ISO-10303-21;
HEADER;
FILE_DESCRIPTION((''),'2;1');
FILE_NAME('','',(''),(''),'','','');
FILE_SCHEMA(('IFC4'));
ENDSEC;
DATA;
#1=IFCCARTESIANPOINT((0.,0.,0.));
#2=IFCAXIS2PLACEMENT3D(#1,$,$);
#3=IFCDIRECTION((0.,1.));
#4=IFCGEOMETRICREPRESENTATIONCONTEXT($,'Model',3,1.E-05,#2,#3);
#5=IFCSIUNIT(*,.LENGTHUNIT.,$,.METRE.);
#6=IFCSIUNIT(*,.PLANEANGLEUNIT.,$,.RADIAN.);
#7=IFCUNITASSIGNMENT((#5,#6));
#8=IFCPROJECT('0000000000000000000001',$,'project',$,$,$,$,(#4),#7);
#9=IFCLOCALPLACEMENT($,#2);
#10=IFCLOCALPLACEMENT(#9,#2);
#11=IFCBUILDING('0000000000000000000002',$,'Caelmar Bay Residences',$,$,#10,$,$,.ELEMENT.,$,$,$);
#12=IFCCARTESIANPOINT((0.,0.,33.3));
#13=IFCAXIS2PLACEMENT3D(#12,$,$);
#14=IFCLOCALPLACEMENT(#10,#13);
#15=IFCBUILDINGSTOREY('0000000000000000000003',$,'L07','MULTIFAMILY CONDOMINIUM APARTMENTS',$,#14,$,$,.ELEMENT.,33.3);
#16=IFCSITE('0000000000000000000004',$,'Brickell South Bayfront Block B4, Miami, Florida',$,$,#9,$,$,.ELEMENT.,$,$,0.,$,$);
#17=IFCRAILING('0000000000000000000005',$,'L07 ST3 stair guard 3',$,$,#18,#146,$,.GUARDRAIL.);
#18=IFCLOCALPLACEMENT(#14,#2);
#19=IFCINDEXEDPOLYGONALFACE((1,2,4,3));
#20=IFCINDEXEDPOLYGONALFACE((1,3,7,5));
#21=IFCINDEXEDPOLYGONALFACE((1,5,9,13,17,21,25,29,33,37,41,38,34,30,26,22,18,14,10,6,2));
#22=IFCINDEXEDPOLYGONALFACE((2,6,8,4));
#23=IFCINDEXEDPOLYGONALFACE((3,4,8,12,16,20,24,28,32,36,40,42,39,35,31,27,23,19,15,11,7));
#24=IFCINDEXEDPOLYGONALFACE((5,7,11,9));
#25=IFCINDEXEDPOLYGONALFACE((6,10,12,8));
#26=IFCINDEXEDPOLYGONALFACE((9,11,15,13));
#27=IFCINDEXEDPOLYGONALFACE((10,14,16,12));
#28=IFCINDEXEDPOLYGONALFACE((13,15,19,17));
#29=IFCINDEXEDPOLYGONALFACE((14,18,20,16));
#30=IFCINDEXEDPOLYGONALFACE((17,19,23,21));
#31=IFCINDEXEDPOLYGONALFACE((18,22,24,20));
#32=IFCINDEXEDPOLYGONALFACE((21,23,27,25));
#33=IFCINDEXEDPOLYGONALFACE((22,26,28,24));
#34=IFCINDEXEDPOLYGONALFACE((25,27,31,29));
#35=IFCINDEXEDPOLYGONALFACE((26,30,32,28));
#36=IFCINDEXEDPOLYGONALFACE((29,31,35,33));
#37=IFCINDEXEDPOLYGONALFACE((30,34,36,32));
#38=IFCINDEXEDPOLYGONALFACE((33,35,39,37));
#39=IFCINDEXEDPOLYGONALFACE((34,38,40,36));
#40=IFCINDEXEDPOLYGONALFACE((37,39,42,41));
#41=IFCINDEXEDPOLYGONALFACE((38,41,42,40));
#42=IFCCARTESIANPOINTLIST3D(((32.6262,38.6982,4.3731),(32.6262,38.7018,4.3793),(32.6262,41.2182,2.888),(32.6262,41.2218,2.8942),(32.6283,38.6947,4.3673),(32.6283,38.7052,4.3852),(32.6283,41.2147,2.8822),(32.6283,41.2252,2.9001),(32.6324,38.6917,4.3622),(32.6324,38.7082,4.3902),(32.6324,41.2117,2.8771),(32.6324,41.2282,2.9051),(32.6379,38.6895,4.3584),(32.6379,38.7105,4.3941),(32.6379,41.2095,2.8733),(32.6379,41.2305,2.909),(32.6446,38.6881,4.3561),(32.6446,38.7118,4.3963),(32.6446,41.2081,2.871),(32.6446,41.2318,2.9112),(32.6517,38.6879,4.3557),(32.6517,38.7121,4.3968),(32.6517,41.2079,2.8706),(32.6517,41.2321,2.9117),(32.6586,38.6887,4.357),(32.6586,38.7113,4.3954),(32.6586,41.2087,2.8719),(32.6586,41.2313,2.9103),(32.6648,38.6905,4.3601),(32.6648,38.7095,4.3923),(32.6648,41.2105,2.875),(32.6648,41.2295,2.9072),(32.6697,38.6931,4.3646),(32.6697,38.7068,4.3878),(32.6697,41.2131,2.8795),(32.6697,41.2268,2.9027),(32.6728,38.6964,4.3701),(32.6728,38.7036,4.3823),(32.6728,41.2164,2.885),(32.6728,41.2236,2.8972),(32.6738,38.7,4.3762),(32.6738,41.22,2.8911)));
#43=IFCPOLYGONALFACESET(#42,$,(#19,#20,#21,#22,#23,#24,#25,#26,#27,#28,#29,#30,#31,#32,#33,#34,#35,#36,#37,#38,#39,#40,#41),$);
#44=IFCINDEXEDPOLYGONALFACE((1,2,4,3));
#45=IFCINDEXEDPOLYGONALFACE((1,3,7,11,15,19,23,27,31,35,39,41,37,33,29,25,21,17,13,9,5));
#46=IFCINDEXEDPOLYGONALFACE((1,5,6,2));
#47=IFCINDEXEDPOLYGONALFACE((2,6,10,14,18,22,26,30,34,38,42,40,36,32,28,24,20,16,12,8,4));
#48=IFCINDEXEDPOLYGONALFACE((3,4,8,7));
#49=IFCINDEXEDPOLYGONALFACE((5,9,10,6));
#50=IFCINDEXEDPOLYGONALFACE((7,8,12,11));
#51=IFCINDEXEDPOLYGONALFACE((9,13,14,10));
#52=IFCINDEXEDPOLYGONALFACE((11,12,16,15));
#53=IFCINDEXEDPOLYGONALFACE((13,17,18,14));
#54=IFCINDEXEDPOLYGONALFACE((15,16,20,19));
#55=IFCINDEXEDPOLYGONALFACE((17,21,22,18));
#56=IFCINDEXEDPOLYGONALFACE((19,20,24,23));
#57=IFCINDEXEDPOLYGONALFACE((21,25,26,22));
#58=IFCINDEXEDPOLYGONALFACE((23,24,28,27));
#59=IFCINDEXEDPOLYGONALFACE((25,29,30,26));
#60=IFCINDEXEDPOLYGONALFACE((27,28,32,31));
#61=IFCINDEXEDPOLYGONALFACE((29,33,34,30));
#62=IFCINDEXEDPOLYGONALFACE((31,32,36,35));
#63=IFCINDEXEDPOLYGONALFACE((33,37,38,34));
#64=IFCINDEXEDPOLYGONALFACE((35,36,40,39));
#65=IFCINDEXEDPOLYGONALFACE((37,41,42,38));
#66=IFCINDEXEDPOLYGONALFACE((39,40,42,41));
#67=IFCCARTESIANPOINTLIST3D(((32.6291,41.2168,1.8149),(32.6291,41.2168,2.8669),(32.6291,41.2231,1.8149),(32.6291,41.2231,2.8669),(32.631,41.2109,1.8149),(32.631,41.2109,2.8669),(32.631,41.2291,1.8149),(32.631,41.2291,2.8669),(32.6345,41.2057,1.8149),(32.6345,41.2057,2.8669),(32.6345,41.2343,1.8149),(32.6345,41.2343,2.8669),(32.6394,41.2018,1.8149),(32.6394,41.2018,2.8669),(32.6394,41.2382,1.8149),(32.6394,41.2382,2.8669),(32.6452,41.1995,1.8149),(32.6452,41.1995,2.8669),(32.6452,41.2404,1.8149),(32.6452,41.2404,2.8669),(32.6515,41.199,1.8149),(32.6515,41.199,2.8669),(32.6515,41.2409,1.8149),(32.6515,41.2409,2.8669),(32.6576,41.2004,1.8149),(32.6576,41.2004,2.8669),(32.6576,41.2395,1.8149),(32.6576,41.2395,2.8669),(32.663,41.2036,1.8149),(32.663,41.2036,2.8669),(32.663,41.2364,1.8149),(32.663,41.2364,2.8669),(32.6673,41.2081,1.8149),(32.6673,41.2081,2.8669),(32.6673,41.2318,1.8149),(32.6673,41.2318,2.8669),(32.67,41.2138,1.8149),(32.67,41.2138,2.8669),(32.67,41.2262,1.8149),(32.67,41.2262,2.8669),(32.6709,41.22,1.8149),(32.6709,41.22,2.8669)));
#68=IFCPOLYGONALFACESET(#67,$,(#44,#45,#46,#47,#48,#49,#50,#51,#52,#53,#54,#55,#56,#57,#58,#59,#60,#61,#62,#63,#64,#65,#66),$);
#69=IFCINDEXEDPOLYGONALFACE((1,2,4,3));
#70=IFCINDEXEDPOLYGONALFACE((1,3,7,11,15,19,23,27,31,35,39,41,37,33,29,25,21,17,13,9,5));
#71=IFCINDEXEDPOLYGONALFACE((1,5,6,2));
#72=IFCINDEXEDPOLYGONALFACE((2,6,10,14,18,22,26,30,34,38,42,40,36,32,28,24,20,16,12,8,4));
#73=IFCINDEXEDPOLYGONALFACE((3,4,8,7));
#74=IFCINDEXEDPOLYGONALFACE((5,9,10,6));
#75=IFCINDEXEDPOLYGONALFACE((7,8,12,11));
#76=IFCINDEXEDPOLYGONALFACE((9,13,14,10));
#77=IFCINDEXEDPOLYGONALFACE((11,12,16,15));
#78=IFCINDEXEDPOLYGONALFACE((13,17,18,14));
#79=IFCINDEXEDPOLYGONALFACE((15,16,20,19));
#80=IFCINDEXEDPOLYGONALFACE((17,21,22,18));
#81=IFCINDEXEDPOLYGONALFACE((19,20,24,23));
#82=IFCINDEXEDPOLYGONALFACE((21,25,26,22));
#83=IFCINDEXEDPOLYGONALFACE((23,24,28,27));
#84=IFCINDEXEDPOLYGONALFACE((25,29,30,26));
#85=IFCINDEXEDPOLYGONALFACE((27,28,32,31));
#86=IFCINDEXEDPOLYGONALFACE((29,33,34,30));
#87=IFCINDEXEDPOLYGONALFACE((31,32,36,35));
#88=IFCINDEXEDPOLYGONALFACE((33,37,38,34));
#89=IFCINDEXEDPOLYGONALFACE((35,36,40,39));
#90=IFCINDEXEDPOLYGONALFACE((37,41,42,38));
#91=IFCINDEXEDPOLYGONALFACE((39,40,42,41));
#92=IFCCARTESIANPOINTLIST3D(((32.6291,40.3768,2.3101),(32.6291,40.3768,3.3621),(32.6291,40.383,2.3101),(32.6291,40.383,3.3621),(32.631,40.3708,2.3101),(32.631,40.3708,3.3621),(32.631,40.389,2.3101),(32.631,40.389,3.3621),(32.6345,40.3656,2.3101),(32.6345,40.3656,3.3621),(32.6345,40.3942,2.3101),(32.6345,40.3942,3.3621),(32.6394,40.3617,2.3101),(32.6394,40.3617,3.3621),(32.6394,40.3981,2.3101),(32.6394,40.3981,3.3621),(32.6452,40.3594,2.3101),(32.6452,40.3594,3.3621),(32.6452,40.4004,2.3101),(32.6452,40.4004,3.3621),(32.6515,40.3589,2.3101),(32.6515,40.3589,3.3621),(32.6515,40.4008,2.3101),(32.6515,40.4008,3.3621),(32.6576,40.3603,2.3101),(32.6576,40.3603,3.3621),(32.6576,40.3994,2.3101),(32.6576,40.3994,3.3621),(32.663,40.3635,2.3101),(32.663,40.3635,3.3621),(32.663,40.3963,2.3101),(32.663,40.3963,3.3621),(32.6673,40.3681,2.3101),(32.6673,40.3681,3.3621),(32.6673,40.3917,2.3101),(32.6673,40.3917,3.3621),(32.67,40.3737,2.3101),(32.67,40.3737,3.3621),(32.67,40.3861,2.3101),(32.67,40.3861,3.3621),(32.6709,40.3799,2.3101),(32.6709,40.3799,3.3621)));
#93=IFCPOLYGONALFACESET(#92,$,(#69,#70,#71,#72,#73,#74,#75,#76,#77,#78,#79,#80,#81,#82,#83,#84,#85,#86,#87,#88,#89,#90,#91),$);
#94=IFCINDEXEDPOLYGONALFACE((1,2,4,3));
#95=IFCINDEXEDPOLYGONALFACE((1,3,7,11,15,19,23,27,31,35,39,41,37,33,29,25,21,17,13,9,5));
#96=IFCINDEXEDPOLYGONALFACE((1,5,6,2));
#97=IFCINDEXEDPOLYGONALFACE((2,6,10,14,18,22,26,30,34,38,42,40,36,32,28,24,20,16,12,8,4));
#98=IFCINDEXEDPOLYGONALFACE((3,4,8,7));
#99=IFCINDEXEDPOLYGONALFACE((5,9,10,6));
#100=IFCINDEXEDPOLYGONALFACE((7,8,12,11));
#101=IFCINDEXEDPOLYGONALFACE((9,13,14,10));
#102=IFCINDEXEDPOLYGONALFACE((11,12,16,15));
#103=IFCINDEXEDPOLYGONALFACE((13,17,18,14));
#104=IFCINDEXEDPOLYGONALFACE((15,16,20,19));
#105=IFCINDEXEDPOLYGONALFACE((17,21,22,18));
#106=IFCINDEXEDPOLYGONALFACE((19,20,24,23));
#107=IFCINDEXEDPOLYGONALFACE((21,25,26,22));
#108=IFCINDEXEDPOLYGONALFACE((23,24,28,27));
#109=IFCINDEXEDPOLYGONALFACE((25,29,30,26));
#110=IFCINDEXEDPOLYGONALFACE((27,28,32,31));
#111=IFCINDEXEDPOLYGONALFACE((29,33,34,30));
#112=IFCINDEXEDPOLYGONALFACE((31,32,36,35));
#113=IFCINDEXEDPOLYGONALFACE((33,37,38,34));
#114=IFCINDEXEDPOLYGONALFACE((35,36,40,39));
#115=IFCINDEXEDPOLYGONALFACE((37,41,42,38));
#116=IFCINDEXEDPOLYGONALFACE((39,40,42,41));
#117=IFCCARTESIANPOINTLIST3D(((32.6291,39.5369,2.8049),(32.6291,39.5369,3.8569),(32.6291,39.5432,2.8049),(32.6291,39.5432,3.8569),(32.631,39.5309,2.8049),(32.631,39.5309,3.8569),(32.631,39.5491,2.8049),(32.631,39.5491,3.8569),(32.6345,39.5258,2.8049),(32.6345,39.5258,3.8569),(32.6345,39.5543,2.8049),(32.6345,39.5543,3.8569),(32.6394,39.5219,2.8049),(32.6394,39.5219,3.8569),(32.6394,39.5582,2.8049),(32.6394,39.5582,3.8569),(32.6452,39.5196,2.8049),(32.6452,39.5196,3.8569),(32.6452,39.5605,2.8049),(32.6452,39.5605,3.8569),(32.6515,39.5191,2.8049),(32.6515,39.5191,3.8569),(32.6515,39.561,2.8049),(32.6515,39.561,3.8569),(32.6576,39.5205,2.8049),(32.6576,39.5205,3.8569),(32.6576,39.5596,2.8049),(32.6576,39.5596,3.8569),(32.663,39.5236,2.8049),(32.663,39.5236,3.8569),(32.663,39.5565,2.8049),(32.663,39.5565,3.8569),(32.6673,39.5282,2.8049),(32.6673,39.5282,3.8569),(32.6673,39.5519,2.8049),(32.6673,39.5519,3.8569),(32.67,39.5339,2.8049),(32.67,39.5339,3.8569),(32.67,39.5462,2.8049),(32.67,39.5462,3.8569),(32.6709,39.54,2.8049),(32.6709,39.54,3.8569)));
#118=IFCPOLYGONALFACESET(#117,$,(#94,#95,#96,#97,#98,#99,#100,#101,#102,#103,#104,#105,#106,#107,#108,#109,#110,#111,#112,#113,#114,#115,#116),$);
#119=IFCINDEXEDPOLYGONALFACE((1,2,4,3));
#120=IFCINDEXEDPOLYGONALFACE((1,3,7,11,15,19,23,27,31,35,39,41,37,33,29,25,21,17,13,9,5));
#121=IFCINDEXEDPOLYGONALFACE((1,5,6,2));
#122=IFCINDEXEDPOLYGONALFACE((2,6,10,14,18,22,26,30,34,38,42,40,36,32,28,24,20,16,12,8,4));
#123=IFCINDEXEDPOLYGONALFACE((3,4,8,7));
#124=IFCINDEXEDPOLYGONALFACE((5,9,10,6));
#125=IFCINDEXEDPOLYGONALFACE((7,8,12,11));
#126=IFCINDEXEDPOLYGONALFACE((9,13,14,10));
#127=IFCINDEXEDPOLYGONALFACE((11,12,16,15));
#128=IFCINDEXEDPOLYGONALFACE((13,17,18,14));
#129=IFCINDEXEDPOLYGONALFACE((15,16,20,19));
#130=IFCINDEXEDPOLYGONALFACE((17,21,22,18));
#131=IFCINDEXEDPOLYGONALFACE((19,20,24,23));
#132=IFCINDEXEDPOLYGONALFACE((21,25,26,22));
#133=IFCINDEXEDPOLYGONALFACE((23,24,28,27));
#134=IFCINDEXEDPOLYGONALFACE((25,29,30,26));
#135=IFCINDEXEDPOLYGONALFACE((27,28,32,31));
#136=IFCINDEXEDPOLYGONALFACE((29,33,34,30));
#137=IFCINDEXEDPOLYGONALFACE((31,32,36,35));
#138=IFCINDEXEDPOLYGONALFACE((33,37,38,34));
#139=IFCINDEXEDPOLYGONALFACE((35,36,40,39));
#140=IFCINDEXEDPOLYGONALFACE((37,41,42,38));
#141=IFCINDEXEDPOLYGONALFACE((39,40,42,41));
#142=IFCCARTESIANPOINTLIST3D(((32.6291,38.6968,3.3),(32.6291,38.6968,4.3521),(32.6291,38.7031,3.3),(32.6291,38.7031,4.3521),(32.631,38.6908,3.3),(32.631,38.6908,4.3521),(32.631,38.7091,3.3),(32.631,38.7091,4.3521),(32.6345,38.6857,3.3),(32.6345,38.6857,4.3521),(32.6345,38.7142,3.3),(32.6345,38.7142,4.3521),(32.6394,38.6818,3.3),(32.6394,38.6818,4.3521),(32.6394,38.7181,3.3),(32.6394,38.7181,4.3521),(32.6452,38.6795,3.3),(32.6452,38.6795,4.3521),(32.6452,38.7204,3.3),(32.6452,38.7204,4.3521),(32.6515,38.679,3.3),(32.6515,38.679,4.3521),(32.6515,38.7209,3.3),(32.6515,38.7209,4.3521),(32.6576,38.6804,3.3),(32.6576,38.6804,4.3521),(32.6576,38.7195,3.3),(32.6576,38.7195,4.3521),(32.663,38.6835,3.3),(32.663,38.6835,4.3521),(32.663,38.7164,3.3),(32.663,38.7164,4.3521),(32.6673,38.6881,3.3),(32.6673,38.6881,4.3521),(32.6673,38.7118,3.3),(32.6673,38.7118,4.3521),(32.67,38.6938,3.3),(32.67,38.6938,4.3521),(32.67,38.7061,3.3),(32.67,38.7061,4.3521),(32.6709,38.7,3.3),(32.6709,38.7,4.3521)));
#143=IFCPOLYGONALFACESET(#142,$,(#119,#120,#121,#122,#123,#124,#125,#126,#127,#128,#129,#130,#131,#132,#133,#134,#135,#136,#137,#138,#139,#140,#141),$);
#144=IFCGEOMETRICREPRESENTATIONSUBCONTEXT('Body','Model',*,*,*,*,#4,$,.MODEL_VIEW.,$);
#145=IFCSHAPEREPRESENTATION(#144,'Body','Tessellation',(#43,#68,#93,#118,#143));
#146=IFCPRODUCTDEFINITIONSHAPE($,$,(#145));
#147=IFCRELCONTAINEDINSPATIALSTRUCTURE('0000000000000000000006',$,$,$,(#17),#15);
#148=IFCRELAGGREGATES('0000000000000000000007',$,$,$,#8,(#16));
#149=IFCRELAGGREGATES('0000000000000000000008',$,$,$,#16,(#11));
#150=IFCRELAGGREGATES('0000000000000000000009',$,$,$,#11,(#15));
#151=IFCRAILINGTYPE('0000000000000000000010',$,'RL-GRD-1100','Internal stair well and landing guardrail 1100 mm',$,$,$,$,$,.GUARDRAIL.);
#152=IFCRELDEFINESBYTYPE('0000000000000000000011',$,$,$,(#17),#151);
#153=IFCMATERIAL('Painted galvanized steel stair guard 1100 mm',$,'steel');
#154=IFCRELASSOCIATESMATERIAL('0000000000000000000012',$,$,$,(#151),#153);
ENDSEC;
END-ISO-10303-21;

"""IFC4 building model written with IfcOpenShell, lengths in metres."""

from ifc_helpers import new_model, si_unit, direction, frame, origin, origin_2d, place, context, subcontext, project, spatial, circle, extrude, material, type_object, element, save


model = new_model("IFC4")

# Units and contexts
model_context = context("Model", 3, precision=1e-05, world=origin(), true_north=direction((0.0, 1.0)))
body_context = subcontext(model_context, "Body", "Model", "MODEL_VIEW")
ifc_project = project(units=[si_unit("LENGTHUNIT", "METRE"), si_unit("PLANEANGLEUNIT", "RADIAN")], contexts=[model_context])

# Site, building, storey
site_placement = place(None, origin())
site = spatial("IfcSite", under=ifc_project, at=site_placement, Name="Brickell South Bayfront Block B4, Miami, Florida", CompositionType="ELEMENT", RefElevation=0.0)
building_placement = place(site_placement, origin())
building = spatial("IfcBuilding", under=site, at=building_placement, Name="Caelmar Bay Residences", CompositionType="ELEMENT")
storey_placement = place(building_placement, frame((0.0, 0.0, 33.3)))
storey = spatial("IfcBuildingStorey", under=building, at=storey_placement, Name="L07", Description="MULTIFAMILY CONDOMINIUM APARTMENTS", CompositionType="ELEMENT", Elevation=33.3)

# Railing
ifc_material_1 = material(Name="Painted galvanized steel stair guard 1100 mm", Category="steel")
railing_type_1 = type_object("IfcRailingType", Name="RL-GRD-1100", Description="Internal stair well and landing guardrail 1100 mm", PredefinedType="GUARDRAIL", material=ifc_material_1)
railing_1_placement = place(storey_placement, frame((32.6499, 41.22, 1.8149)))
element("IfcRailing", 1, at=railing_1_placement, inside=storey, type_object=railing_type_1, Name="L07 ST3 stair guard 3", PredefinedType="GUARDRAIL", context=body_context, shape_type="SweptSolid", body=[
    extrude(circle(Radius=0.0239, at=origin_2d()), frame((0.0, 0.0, 1.0762), z_axis=(0.0, -0.861524, 0.507717), x_axis=(1.0, 0.0, 0.0)), (0.0, 0.0, 1.0), 2.925),
    extrude(circle(Radius=0.021, at=origin_2d()), origin(), (0.0, 0.0, 1.0), 1.052),
    extrude(circle(Radius=0.021, at=origin_2d()), frame((0.0, -0.8401, 0.4951)), (0.0, 0.0, 1.0), 1.052),
    extrude(circle(Radius=0.021, at=origin_2d()), frame((0.0, -1.6799, 0.99)), (0.0, 0.0, 1.0), 1.052),
    extrude(circle(Radius=0.021, at=origin_2d()), frame((0.0, -2.52, 1.4851)), (0.0, 0.0, 1.0), 1.052),
])

save(model, "model.ifc")
